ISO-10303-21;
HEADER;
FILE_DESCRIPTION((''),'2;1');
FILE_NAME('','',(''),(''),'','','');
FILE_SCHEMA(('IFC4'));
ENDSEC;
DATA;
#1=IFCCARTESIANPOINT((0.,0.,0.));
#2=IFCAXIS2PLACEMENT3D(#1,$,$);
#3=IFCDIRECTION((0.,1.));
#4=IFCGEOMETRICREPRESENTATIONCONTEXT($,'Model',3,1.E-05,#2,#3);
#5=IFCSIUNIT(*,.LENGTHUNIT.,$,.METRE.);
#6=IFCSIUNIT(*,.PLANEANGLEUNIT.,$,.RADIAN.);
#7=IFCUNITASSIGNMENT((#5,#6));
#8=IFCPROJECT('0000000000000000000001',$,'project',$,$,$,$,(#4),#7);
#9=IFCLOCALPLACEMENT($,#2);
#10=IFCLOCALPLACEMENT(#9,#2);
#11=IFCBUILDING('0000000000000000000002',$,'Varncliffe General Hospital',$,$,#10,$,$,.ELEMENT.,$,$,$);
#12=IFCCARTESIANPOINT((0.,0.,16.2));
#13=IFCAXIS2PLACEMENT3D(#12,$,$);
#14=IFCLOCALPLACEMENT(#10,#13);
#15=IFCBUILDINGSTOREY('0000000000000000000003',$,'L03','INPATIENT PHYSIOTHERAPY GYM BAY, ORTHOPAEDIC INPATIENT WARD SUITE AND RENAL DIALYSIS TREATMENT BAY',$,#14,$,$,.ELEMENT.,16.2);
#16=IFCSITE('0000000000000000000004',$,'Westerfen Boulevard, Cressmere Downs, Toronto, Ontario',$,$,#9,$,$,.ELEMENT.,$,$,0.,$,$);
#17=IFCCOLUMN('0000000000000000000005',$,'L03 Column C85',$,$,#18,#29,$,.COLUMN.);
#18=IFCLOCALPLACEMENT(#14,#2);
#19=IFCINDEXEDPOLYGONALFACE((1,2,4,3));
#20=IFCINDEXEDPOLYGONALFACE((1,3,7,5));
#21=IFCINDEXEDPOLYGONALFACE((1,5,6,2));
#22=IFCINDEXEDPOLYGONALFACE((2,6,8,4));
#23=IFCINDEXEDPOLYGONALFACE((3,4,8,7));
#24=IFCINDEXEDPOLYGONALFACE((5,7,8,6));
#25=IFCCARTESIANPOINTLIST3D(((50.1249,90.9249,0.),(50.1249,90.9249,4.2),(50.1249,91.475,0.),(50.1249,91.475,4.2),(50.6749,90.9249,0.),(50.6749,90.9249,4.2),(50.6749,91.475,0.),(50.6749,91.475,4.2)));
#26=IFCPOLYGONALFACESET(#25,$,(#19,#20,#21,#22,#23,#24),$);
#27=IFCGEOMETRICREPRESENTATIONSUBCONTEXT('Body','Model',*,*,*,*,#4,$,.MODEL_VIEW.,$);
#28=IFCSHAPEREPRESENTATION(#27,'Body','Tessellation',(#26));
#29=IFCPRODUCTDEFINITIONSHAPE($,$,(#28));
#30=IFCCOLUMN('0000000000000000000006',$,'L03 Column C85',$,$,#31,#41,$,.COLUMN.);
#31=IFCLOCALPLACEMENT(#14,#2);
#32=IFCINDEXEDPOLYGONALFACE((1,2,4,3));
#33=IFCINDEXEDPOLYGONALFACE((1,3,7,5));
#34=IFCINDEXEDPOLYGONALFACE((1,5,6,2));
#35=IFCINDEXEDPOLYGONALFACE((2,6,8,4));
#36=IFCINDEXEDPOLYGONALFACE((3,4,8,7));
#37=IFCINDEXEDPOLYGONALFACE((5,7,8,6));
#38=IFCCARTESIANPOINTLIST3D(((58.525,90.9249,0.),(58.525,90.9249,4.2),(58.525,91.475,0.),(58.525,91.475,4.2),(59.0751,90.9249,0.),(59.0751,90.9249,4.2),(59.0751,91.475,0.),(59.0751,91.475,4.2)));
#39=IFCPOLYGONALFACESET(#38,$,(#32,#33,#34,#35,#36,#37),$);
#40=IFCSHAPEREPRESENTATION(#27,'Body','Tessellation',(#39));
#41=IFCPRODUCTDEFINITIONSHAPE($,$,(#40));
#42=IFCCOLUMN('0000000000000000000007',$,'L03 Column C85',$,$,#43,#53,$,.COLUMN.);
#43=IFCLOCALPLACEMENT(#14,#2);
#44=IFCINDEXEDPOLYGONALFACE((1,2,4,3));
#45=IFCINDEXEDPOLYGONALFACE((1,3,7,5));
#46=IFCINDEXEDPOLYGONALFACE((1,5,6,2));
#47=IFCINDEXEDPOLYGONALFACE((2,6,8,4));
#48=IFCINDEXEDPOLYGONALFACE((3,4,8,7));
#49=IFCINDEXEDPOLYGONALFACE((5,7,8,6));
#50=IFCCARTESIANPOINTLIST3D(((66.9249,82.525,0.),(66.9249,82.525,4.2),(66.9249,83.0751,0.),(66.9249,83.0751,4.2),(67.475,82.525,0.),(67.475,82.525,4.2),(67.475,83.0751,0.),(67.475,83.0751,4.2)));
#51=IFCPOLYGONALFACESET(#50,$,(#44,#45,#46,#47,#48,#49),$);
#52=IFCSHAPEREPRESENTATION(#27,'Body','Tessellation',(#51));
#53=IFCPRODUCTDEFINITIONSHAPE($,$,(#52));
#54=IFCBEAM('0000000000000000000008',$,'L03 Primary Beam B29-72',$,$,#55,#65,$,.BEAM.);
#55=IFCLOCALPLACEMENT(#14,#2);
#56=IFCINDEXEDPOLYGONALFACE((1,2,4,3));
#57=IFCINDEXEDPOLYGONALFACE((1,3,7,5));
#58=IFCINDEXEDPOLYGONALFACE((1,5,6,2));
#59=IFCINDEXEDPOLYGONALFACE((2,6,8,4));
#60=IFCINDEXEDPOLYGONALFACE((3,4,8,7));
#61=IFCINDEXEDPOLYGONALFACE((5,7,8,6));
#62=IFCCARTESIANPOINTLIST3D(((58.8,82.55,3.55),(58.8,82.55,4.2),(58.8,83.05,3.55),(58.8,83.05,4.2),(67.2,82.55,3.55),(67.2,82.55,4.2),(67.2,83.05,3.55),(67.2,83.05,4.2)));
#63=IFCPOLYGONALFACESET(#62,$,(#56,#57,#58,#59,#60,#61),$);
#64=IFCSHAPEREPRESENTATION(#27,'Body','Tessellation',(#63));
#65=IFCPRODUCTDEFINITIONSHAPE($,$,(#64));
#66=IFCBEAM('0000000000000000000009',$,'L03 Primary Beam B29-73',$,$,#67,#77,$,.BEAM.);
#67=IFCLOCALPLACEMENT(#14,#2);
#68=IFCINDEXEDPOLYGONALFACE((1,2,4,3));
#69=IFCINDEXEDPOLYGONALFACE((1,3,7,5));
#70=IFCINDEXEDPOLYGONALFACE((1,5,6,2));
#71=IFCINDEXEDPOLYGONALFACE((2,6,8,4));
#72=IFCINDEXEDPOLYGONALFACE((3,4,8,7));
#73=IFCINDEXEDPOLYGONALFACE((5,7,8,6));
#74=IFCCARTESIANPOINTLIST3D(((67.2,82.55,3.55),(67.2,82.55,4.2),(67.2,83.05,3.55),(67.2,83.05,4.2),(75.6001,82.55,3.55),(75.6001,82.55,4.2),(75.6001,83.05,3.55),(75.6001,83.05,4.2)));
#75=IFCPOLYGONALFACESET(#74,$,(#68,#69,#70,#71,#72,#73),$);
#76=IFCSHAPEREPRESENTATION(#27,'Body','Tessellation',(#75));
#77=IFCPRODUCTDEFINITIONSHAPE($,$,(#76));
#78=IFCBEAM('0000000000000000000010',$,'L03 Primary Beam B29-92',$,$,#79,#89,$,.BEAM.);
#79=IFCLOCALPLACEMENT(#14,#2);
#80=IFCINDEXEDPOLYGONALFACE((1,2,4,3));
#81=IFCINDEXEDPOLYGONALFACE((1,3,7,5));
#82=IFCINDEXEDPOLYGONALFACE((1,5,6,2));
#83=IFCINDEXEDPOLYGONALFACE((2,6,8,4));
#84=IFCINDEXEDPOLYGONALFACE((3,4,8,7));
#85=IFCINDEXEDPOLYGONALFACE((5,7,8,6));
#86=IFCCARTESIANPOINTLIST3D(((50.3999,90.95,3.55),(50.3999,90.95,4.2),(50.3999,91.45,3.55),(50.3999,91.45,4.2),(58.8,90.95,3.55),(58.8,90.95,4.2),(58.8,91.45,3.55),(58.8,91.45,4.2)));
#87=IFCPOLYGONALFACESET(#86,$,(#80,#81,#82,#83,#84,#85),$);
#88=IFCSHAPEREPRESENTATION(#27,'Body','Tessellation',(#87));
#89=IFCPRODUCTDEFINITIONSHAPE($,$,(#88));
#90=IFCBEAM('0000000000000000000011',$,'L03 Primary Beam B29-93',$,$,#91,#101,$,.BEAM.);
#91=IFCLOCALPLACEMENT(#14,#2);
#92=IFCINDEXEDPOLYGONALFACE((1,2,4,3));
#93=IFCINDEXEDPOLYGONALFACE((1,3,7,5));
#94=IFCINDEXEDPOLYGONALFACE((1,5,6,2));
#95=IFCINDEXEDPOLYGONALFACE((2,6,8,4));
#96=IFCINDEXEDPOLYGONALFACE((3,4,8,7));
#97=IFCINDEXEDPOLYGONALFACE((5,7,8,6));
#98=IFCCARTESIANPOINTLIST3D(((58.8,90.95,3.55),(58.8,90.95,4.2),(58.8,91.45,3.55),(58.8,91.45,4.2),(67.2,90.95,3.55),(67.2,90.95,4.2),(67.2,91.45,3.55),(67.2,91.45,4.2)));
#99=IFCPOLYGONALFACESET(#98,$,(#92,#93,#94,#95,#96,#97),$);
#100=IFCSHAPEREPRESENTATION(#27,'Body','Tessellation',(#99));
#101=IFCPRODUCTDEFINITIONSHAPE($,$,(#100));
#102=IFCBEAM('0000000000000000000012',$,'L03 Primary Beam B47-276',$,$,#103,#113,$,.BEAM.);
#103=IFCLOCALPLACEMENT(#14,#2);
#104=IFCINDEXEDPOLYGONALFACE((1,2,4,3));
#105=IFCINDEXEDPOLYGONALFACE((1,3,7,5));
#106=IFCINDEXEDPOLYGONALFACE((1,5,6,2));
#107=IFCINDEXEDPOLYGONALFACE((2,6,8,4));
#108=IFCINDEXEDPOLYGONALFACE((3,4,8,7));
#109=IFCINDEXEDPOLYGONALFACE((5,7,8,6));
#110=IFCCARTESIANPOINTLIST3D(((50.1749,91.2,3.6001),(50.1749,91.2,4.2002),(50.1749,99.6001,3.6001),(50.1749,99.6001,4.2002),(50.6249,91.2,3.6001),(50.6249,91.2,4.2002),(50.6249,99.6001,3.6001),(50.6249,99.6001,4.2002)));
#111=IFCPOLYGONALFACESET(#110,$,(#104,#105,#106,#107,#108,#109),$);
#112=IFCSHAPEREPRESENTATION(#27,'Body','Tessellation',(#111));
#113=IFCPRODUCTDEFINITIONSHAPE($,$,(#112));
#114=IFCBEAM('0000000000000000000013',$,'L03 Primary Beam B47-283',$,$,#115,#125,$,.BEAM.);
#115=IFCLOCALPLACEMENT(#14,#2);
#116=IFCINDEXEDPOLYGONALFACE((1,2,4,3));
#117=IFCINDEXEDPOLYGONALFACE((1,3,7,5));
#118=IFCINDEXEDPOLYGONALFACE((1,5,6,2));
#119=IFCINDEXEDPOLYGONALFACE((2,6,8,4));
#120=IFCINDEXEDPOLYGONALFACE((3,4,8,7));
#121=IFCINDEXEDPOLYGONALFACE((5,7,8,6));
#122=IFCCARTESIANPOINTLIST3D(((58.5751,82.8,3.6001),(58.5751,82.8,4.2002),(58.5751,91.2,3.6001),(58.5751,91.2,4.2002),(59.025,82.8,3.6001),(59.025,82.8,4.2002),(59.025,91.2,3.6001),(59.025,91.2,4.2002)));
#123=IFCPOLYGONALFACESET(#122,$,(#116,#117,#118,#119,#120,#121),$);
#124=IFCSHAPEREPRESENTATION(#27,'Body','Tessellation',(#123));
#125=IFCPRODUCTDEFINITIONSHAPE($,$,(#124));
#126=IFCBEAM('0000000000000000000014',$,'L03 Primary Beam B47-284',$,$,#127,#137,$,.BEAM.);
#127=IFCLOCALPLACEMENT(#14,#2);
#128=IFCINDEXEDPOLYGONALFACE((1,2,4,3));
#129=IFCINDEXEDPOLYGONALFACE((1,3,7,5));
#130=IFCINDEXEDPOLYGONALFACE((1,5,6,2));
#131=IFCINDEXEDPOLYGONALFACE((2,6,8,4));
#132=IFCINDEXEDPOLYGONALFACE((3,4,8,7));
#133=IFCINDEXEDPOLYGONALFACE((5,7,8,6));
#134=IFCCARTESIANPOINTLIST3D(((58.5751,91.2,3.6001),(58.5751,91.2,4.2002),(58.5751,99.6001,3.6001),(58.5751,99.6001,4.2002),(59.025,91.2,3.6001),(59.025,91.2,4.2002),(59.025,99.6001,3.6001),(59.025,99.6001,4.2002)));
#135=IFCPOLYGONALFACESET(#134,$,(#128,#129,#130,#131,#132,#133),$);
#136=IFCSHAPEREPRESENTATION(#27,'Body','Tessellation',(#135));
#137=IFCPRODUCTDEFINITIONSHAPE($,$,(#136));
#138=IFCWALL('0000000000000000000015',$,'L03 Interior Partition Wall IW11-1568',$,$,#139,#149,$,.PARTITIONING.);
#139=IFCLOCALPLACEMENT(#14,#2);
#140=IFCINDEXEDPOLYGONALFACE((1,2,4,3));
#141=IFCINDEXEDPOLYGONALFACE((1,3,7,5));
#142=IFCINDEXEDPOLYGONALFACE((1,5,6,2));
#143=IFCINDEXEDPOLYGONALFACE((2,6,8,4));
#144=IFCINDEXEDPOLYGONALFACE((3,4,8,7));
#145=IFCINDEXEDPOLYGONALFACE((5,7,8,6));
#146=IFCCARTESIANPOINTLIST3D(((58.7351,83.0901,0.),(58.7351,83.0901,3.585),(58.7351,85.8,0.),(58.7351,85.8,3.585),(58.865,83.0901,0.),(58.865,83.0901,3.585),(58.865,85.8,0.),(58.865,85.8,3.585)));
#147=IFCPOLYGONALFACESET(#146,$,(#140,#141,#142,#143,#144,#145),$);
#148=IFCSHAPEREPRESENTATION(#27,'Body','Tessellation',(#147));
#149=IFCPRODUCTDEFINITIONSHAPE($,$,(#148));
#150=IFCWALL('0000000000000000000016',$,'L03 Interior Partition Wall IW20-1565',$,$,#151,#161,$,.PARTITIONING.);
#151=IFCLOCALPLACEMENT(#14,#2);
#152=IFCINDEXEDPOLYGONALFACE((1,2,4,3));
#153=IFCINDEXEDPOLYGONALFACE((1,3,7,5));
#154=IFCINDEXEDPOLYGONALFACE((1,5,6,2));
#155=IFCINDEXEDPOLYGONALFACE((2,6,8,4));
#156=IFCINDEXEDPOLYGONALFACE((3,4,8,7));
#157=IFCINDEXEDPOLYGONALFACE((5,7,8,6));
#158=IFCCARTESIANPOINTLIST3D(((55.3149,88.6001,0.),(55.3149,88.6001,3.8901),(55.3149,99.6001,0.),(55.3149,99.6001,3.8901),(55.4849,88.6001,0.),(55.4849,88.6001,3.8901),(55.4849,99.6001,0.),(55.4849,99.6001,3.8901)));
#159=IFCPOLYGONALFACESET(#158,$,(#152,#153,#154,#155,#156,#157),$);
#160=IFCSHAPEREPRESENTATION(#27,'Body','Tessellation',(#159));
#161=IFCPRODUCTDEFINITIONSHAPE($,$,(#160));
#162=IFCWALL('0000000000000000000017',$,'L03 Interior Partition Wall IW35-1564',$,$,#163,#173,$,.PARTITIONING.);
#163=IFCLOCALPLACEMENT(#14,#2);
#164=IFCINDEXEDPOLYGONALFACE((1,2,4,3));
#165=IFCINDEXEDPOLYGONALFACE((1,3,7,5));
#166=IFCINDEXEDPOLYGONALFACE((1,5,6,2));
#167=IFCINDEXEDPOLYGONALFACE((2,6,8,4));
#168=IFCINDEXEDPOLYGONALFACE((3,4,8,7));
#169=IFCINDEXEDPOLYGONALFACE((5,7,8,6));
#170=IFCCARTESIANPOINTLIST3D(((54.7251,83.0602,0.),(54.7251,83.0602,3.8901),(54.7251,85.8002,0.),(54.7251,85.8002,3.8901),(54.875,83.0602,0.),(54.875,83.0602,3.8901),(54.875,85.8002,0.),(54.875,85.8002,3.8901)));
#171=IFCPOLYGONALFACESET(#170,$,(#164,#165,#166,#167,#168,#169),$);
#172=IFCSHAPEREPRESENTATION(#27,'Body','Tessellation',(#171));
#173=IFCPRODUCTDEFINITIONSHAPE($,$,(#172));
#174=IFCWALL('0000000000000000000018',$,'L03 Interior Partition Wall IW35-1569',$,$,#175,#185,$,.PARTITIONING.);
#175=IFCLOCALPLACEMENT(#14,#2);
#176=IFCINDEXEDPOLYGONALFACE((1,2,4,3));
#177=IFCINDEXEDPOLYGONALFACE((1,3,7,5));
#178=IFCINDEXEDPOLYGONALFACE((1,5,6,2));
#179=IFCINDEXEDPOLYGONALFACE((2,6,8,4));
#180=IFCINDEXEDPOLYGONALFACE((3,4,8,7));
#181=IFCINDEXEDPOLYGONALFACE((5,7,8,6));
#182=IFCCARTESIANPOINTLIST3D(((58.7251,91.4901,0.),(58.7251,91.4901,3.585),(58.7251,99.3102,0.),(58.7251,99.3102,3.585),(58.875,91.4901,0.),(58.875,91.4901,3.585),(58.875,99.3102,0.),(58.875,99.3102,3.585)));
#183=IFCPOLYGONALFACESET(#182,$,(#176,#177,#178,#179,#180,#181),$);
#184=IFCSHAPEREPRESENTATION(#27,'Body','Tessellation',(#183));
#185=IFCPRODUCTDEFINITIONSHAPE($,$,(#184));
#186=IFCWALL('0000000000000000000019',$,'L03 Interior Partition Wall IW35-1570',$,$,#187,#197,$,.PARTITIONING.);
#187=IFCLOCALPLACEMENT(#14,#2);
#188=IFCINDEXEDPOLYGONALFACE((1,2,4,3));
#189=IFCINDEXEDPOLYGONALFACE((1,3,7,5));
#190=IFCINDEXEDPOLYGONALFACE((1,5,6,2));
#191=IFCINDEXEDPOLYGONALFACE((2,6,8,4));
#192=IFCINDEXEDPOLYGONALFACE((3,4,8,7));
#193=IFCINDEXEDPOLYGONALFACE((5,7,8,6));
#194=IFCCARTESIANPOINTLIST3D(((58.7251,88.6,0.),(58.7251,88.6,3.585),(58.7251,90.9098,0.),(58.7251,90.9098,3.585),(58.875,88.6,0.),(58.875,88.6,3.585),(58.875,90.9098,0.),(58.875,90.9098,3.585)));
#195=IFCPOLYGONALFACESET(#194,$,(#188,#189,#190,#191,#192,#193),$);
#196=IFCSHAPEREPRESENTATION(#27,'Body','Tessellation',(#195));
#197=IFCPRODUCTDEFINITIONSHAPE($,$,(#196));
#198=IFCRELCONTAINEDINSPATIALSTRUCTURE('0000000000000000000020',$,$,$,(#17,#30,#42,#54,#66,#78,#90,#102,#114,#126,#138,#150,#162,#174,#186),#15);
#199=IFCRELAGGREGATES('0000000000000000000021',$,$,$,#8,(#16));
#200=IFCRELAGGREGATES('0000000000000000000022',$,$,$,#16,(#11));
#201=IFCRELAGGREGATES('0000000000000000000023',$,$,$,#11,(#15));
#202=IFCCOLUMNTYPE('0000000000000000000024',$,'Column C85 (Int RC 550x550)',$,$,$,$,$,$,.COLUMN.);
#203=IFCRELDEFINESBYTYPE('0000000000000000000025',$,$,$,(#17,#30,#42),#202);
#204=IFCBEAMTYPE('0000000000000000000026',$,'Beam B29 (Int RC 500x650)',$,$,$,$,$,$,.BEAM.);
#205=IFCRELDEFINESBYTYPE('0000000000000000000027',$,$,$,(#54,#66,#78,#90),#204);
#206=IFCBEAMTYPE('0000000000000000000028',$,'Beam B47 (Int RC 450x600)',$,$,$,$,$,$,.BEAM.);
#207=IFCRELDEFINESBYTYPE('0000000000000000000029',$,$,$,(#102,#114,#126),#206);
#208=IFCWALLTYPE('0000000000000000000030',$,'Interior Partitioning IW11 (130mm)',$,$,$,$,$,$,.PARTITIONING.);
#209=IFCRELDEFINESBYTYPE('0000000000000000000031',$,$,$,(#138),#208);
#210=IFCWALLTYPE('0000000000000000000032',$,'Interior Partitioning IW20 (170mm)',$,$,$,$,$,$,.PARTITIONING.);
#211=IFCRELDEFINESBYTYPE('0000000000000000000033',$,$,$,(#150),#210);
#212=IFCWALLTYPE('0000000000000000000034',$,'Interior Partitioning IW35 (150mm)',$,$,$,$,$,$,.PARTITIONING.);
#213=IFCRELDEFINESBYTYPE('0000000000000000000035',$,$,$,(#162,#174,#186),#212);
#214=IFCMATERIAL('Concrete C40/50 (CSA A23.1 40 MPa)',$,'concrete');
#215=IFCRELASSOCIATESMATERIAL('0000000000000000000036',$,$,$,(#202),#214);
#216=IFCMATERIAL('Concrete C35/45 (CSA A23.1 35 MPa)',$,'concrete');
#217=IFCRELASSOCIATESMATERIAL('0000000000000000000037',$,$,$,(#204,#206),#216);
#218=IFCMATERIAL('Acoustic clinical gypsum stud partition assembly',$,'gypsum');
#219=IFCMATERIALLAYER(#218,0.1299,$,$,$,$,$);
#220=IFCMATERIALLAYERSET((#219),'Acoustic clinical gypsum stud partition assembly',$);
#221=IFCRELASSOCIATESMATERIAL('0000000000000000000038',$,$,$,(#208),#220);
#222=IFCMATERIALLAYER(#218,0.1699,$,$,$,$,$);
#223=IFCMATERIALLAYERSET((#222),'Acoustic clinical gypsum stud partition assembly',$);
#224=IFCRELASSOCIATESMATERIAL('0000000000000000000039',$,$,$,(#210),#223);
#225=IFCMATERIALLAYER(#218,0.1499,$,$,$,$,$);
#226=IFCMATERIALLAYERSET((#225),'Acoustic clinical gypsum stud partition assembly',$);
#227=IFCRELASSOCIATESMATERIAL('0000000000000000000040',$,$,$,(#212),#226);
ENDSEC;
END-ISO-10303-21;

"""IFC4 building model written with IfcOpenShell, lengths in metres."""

from ifc_helpers import new_model, si_unit, direction, frame, frame_2d, origin, origin_2d, place, context, subcontext, project, spatial, rectangle, extrude, material, layer, layer_set, material_profile, profile_set, type_object, element, save


model = new_model("IFC4")

# Units and contexts
model_context = context("Model", 3, precision=1e-05, world=origin(), true_north=direction((0.0, 1.0)))
body_context = subcontext(model_context, "Body", "Model", "MODEL_VIEW")
ifc_project = project(units=[si_unit("LENGTHUNIT", "METRE"), si_unit("PLANEANGLEUNIT", "RADIAN")], contexts=[model_context])

# Site, building, storey
site_placement = place(None, origin())
site = spatial("IfcSite", under=ifc_project, at=site_placement, Name="Westerfen Boulevard, Cressmere Downs, Toronto, Ontario", CompositionType="ELEMENT", RefElevation=0.0)
building_placement = place(site_placement, origin())
building = spatial("IfcBuilding", under=site, at=building_placement, Name="Varncliffe General Hospital", CompositionType="ELEMENT")
storey_placement = place(building_placement, frame((0.0, 0.0, 16.2)))
storey = spatial("IfcBuildingStorey", under=building, at=storey_placement, Name="L03", Description="INPATIENT PHYSIOTHERAPY GYM BAY, ORTHOPAEDIC INPATIENT WARD SUITE AND RENAL DIALYSIS TREATMENT BAY", CompositionType="ELEMENT", Elevation=16.2)

# Columns
ifc_material_1 = material(Name="Concrete C40/50 (CSA A23.1 40 MPa)", Category="concrete")
ifc_material_profile_1 = material_profile(ifc_material_1, rectangle(XDim=0.55, YDim=0.55, at=origin_2d()), Name="RC 550x550")
ifc_profile_set_1 = profile_set([ifc_material_profile_1], Name="Concrete C40/50 (CSA A23.1 40 MPa)")
column_type = type_object("IfcColumnType", Name="Column C85 (Int RC 550x550)", PredefinedType="COLUMN", material=ifc_profile_set_1)
for number, where, z_axis, x_axis, name in (
    (1, (50.3999, 91.2, 0.0), (0.0, 0.0, 1.0), (1.0, 0.0, 0.0), "L03 Column C85"),
    (2, (58.8, 91.2, 0.0), (0.0, 0.0, 1.0), (1.0, 0.0, 0.0), "L03 Column C85"),
    (3, (67.2, 82.8, 0.0), (0.0, 0.0, 1.0), (1.0, 0.0, 0.0), "L03 Column C85"),
):
    element("IfcColumn", number, at=place(storey_placement, frame(where, z_axis=z_axis, x_axis=x_axis)), inside=storey, type_object=column_type, Name=name, PredefinedType="COLUMN", context=body_context, shape_type="SweptSolid", body=[
        extrude(rectangle(XDim=0.55, YDim=0.55, at=origin_2d()), origin(), (0.0, 0.0, 1.0), 4.2),
    ])

# Beams
ifc_material_2 = material(Name="Concrete C35/45 (CSA A23.1 35 MPa)", Category="concrete")
ifc_material_profile_2 = material_profile(ifc_material_2, rectangle(XDim=0.5, YDim=0.6499, at=origin_2d()), Name="RC 500x650")
ifc_profile_set_2 = profile_set([ifc_material_profile_2], Name="Concrete C35/45 (CSA A23.1 35 MPa)")
beam_type_1 = type_object("IfcBeamType", Name="Beam B29 (Int RC 500x650)", PredefinedType="BEAM", material=ifc_profile_set_2)
beam_1_placement = place(storey_placement, frame((58.8, 82.8, 3.875), z_axis=(1.0, 0.0, 0.0), x_axis=(0.0, 1.0, 0.0)))
element("IfcBeam", 4, at=beam_1_placement, inside=storey, type_object=beam_type_1, Name="L03 Primary Beam B29-72", PredefinedType="BEAM", context=body_context, shape_type="SweptSolid", body=[
    extrude(rectangle(XDim=0.5, YDim=0.6499, at=origin_2d()), origin(), (0.0, 0.0, 1.0), 8.3999),
])
for number, where, z_axis, x_axis, name in (
    (5, (67.2, 82.8, 3.875), (1.0, 0.0, 0.0), (0.0, 1.0, 0.0), "L03 Primary Beam B29-73"),
    (6, (50.3999, 91.2, 3.875), (1.0, 0.0, 0.0), (0.0, 1.0, 0.0), "L03 Primary Beam B29-92"),
):
    element("IfcBeam", number, at=place(storey_placement, frame(where, z_axis=z_axis, x_axis=x_axis)), inside=storey, type_object=beam_type_1, Name=name, PredefinedType="BEAM", context=body_context, shape_type="SweptSolid", body=[
        extrude(rectangle(XDim=0.5, YDim=0.6499, at=origin_2d()), origin(), (0.0, 0.0, 1.0), 8.4001),
    ])
beam_2_placement = place(storey_placement, frame((58.8, 91.2, 3.875), z_axis=(1.0, 0.0, 0.0), x_axis=(0.0, 1.0, 0.0)))
element("IfcBeam", 7, at=beam_2_placement, inside=storey, type_object=beam_type_1, Name="L03 Primary Beam B29-93", PredefinedType="BEAM", context=body_context, shape_type="SweptSolid", body=[
    extrude(rectangle(XDim=0.5, YDim=0.6499, at=origin_2d()), origin(), (0.0, 0.0, 1.0), 8.3999),
])
ifc_material_profile_3 = material_profile(ifc_material_2, rectangle(XDim=0.45, YDim=0.6001, at=origin_2d()), Name="RC 450x600")
ifc_profile_set_3 = profile_set([ifc_material_profile_3], Name="Concrete C35/45 (CSA A23.1 35 MPa)")
beam_type_2 = type_object("IfcBeamType", Name="Beam B47 (Int RC 450x600)", PredefinedType="BEAM", material=ifc_profile_set_3)
beam_3_placement = place(storey_placement, frame((50.3999, 91.2, 3.9001), z_axis=(0.0, 1.0, 0.0), x_axis=(-1.0, 0.0, 0.0)))
element("IfcBeam", 8, at=beam_3_placement, inside=storey, type_object=beam_type_2, Name="L03 Primary Beam B47-276", PredefinedType="BEAM", context=body_context, shape_type="SweptSolid", body=[
    extrude(rectangle(XDim=0.45, YDim=0.6001, at=origin_2d()), origin(), (0.0, 0.0, 1.0), 8.4001),
])
beam_4_placement = place(storey_placement, frame((58.8, 82.8, 3.9001), z_axis=(0.0, 1.0, 0.0), x_axis=(-1.0, 0.0, 0.0)))
element("IfcBeam", 9, at=beam_4_placement, inside=storey, type_object=beam_type_2, Name="L03 Primary Beam B47-283", PredefinedType="BEAM", context=body_context, shape_type="SweptSolid", body=[
    extrude(rectangle(XDim=0.45, YDim=0.6001, at=origin_2d()), origin(), (0.0, 0.0, 1.0), 8.3999),
])
beam_5_placement = place(storey_placement, frame((58.8, 91.2, 3.9001), z_axis=(0.0, 1.0, 0.0), x_axis=(-1.0, 0.0, 0.0)))
element("IfcBeam", 10, at=beam_5_placement, inside=storey, type_object=beam_type_2, Name="L03 Primary Beam B47-284", PredefinedType="BEAM", context=body_context, shape_type="SweptSolid", body=[
    extrude(rectangle(XDim=0.45, YDim=0.6001, at=origin_2d()), origin(), (0.0, 0.0, 1.0), 8.4001),
])

# Walls
ifc_material_3 = material(Name="Acoustic clinical gypsum stud partition assembly", Category="gypsum")
ifc_layer_1 = layer(ifc_material_3, 0.1299)
ifc_layer_set_1 = layer_set([ifc_layer_1], Name="Acoustic clinical gypsum stud partition assembly")
wall_type_1 = type_object("IfcWallType", Name="Interior Partitioning IW11 (130mm)", PredefinedType="PARTITIONING", material=ifc_layer_set_1)
wall_1_placement = place(storey_placement, frame((58.8, 83.0901, 0.0), z_axis=(0.0, 0.0, 1.0), x_axis=(0.0, 1.0, 0.0)))
element("IfcWall", 11, at=wall_1_placement, inside=storey, type_object=wall_type_1, Name="L03 Interior Partition Wall IW11-1568", PredefinedType="PARTITIONING", context=body_context, shape_type="SweptSolid", body=[
    extrude(rectangle(XDim=2.71, YDim=0.1299, at=frame_2d((1.355, 0.0))), origin(), (0.0, 0.0, 1.0), 3.585),
])
ifc_layer_2 = layer(ifc_material_3, 0.1699)
ifc_layer_set_2 = layer_set([ifc_layer_2], Name="Acoustic clinical gypsum stud partition assembly")
wall_type_2 = type_object("IfcWallType", Name="Interior Partitioning IW20 (170mm)", PredefinedType="PARTITIONING", material=ifc_layer_set_2)
wall_2_placement = place(storey_placement, frame((55.3999, 88.6001, 0.0), z_axis=(0.0, 0.0, 1.0), x_axis=(0.0, 1.0, 0.0)))
element("IfcWall", 12, at=wall_2_placement, inside=storey, type_object=wall_type_2, Name="L03 Interior Partition Wall IW20-1565", PredefinedType="PARTITIONING", context=body_context, shape_type="SweptSolid", body=[
    extrude(rectangle(XDim=11.0, YDim=0.1699, at=frame_2d((5.5, 0.0))), origin(), (0.0, 0.0, 1.0), 3.8901),
])
ifc_layer_3 = layer(ifc_material_3, 0.1499)
ifc_layer_set_3 = layer_set([ifc_layer_3], Name="Acoustic clinical gypsum stud partition assembly")
wall_type_3 = type_object("IfcWallType", Name="Interior Partitioning IW35 (150mm)", PredefinedType="PARTITIONING", material=ifc_layer_set_3)
wall_3_placement = place(storey_placement, frame((54.8, 83.0601, 0.0), z_axis=(0.0, 0.0, 1.0), x_axis=(0.0, 1.0, 0.0)))
element("IfcWall", 13, at=wall_3_placement, inside=storey, type_object=wall_type_3, Name="L03 Interior Partition Wall IW35-1564", PredefinedType="PARTITIONING", context=body_context, shape_type="SweptSolid", body=[
    extrude(rectangle(XDim=2.74, YDim=0.1499, at=frame_2d((1.3701, 0.0))), origin(), (0.0, 0.0, 1.0), 3.8901),
])
wall_4_placement = place(storey_placement, frame((58.8, 91.49, 0.0), z_axis=(0.0, 0.0, 1.0), x_axis=(0.0, 1.0, 0.0)))
element("IfcWall", 14, at=wall_4_placement, inside=storey, type_object=wall_type_3, Name="L03 Interior Partition Wall IW35-1569", PredefinedType="PARTITIONING", context=body_context, shape_type="SweptSolid", body=[
    extrude(rectangle(XDim=7.8201, YDim=0.1499, at=frame_2d((3.9102, 0.0))), origin(), (0.0, 0.0, 1.0), 3.585),
])
wall_5_placement = place(storey_placement, frame((58.8, 88.6001, 0.0), z_axis=(0.0, 0.0, 1.0), x_axis=(0.0, 1.0, 0.0)))
element("IfcWall", 15, at=wall_5_placement, inside=storey, type_object=wall_type_3, Name="L03 Interior Partition Wall IW35-1570", PredefinedType="PARTITIONING", context=body_context, shape_type="SweptSolid", body=[
    extrude(rectangle(XDim=2.3098, YDim=0.1499, at=frame_2d((1.1548, 0.0))), origin(), (0.0, 0.0, 1.0), 3.585),
])

save(model, "model.ifc")
